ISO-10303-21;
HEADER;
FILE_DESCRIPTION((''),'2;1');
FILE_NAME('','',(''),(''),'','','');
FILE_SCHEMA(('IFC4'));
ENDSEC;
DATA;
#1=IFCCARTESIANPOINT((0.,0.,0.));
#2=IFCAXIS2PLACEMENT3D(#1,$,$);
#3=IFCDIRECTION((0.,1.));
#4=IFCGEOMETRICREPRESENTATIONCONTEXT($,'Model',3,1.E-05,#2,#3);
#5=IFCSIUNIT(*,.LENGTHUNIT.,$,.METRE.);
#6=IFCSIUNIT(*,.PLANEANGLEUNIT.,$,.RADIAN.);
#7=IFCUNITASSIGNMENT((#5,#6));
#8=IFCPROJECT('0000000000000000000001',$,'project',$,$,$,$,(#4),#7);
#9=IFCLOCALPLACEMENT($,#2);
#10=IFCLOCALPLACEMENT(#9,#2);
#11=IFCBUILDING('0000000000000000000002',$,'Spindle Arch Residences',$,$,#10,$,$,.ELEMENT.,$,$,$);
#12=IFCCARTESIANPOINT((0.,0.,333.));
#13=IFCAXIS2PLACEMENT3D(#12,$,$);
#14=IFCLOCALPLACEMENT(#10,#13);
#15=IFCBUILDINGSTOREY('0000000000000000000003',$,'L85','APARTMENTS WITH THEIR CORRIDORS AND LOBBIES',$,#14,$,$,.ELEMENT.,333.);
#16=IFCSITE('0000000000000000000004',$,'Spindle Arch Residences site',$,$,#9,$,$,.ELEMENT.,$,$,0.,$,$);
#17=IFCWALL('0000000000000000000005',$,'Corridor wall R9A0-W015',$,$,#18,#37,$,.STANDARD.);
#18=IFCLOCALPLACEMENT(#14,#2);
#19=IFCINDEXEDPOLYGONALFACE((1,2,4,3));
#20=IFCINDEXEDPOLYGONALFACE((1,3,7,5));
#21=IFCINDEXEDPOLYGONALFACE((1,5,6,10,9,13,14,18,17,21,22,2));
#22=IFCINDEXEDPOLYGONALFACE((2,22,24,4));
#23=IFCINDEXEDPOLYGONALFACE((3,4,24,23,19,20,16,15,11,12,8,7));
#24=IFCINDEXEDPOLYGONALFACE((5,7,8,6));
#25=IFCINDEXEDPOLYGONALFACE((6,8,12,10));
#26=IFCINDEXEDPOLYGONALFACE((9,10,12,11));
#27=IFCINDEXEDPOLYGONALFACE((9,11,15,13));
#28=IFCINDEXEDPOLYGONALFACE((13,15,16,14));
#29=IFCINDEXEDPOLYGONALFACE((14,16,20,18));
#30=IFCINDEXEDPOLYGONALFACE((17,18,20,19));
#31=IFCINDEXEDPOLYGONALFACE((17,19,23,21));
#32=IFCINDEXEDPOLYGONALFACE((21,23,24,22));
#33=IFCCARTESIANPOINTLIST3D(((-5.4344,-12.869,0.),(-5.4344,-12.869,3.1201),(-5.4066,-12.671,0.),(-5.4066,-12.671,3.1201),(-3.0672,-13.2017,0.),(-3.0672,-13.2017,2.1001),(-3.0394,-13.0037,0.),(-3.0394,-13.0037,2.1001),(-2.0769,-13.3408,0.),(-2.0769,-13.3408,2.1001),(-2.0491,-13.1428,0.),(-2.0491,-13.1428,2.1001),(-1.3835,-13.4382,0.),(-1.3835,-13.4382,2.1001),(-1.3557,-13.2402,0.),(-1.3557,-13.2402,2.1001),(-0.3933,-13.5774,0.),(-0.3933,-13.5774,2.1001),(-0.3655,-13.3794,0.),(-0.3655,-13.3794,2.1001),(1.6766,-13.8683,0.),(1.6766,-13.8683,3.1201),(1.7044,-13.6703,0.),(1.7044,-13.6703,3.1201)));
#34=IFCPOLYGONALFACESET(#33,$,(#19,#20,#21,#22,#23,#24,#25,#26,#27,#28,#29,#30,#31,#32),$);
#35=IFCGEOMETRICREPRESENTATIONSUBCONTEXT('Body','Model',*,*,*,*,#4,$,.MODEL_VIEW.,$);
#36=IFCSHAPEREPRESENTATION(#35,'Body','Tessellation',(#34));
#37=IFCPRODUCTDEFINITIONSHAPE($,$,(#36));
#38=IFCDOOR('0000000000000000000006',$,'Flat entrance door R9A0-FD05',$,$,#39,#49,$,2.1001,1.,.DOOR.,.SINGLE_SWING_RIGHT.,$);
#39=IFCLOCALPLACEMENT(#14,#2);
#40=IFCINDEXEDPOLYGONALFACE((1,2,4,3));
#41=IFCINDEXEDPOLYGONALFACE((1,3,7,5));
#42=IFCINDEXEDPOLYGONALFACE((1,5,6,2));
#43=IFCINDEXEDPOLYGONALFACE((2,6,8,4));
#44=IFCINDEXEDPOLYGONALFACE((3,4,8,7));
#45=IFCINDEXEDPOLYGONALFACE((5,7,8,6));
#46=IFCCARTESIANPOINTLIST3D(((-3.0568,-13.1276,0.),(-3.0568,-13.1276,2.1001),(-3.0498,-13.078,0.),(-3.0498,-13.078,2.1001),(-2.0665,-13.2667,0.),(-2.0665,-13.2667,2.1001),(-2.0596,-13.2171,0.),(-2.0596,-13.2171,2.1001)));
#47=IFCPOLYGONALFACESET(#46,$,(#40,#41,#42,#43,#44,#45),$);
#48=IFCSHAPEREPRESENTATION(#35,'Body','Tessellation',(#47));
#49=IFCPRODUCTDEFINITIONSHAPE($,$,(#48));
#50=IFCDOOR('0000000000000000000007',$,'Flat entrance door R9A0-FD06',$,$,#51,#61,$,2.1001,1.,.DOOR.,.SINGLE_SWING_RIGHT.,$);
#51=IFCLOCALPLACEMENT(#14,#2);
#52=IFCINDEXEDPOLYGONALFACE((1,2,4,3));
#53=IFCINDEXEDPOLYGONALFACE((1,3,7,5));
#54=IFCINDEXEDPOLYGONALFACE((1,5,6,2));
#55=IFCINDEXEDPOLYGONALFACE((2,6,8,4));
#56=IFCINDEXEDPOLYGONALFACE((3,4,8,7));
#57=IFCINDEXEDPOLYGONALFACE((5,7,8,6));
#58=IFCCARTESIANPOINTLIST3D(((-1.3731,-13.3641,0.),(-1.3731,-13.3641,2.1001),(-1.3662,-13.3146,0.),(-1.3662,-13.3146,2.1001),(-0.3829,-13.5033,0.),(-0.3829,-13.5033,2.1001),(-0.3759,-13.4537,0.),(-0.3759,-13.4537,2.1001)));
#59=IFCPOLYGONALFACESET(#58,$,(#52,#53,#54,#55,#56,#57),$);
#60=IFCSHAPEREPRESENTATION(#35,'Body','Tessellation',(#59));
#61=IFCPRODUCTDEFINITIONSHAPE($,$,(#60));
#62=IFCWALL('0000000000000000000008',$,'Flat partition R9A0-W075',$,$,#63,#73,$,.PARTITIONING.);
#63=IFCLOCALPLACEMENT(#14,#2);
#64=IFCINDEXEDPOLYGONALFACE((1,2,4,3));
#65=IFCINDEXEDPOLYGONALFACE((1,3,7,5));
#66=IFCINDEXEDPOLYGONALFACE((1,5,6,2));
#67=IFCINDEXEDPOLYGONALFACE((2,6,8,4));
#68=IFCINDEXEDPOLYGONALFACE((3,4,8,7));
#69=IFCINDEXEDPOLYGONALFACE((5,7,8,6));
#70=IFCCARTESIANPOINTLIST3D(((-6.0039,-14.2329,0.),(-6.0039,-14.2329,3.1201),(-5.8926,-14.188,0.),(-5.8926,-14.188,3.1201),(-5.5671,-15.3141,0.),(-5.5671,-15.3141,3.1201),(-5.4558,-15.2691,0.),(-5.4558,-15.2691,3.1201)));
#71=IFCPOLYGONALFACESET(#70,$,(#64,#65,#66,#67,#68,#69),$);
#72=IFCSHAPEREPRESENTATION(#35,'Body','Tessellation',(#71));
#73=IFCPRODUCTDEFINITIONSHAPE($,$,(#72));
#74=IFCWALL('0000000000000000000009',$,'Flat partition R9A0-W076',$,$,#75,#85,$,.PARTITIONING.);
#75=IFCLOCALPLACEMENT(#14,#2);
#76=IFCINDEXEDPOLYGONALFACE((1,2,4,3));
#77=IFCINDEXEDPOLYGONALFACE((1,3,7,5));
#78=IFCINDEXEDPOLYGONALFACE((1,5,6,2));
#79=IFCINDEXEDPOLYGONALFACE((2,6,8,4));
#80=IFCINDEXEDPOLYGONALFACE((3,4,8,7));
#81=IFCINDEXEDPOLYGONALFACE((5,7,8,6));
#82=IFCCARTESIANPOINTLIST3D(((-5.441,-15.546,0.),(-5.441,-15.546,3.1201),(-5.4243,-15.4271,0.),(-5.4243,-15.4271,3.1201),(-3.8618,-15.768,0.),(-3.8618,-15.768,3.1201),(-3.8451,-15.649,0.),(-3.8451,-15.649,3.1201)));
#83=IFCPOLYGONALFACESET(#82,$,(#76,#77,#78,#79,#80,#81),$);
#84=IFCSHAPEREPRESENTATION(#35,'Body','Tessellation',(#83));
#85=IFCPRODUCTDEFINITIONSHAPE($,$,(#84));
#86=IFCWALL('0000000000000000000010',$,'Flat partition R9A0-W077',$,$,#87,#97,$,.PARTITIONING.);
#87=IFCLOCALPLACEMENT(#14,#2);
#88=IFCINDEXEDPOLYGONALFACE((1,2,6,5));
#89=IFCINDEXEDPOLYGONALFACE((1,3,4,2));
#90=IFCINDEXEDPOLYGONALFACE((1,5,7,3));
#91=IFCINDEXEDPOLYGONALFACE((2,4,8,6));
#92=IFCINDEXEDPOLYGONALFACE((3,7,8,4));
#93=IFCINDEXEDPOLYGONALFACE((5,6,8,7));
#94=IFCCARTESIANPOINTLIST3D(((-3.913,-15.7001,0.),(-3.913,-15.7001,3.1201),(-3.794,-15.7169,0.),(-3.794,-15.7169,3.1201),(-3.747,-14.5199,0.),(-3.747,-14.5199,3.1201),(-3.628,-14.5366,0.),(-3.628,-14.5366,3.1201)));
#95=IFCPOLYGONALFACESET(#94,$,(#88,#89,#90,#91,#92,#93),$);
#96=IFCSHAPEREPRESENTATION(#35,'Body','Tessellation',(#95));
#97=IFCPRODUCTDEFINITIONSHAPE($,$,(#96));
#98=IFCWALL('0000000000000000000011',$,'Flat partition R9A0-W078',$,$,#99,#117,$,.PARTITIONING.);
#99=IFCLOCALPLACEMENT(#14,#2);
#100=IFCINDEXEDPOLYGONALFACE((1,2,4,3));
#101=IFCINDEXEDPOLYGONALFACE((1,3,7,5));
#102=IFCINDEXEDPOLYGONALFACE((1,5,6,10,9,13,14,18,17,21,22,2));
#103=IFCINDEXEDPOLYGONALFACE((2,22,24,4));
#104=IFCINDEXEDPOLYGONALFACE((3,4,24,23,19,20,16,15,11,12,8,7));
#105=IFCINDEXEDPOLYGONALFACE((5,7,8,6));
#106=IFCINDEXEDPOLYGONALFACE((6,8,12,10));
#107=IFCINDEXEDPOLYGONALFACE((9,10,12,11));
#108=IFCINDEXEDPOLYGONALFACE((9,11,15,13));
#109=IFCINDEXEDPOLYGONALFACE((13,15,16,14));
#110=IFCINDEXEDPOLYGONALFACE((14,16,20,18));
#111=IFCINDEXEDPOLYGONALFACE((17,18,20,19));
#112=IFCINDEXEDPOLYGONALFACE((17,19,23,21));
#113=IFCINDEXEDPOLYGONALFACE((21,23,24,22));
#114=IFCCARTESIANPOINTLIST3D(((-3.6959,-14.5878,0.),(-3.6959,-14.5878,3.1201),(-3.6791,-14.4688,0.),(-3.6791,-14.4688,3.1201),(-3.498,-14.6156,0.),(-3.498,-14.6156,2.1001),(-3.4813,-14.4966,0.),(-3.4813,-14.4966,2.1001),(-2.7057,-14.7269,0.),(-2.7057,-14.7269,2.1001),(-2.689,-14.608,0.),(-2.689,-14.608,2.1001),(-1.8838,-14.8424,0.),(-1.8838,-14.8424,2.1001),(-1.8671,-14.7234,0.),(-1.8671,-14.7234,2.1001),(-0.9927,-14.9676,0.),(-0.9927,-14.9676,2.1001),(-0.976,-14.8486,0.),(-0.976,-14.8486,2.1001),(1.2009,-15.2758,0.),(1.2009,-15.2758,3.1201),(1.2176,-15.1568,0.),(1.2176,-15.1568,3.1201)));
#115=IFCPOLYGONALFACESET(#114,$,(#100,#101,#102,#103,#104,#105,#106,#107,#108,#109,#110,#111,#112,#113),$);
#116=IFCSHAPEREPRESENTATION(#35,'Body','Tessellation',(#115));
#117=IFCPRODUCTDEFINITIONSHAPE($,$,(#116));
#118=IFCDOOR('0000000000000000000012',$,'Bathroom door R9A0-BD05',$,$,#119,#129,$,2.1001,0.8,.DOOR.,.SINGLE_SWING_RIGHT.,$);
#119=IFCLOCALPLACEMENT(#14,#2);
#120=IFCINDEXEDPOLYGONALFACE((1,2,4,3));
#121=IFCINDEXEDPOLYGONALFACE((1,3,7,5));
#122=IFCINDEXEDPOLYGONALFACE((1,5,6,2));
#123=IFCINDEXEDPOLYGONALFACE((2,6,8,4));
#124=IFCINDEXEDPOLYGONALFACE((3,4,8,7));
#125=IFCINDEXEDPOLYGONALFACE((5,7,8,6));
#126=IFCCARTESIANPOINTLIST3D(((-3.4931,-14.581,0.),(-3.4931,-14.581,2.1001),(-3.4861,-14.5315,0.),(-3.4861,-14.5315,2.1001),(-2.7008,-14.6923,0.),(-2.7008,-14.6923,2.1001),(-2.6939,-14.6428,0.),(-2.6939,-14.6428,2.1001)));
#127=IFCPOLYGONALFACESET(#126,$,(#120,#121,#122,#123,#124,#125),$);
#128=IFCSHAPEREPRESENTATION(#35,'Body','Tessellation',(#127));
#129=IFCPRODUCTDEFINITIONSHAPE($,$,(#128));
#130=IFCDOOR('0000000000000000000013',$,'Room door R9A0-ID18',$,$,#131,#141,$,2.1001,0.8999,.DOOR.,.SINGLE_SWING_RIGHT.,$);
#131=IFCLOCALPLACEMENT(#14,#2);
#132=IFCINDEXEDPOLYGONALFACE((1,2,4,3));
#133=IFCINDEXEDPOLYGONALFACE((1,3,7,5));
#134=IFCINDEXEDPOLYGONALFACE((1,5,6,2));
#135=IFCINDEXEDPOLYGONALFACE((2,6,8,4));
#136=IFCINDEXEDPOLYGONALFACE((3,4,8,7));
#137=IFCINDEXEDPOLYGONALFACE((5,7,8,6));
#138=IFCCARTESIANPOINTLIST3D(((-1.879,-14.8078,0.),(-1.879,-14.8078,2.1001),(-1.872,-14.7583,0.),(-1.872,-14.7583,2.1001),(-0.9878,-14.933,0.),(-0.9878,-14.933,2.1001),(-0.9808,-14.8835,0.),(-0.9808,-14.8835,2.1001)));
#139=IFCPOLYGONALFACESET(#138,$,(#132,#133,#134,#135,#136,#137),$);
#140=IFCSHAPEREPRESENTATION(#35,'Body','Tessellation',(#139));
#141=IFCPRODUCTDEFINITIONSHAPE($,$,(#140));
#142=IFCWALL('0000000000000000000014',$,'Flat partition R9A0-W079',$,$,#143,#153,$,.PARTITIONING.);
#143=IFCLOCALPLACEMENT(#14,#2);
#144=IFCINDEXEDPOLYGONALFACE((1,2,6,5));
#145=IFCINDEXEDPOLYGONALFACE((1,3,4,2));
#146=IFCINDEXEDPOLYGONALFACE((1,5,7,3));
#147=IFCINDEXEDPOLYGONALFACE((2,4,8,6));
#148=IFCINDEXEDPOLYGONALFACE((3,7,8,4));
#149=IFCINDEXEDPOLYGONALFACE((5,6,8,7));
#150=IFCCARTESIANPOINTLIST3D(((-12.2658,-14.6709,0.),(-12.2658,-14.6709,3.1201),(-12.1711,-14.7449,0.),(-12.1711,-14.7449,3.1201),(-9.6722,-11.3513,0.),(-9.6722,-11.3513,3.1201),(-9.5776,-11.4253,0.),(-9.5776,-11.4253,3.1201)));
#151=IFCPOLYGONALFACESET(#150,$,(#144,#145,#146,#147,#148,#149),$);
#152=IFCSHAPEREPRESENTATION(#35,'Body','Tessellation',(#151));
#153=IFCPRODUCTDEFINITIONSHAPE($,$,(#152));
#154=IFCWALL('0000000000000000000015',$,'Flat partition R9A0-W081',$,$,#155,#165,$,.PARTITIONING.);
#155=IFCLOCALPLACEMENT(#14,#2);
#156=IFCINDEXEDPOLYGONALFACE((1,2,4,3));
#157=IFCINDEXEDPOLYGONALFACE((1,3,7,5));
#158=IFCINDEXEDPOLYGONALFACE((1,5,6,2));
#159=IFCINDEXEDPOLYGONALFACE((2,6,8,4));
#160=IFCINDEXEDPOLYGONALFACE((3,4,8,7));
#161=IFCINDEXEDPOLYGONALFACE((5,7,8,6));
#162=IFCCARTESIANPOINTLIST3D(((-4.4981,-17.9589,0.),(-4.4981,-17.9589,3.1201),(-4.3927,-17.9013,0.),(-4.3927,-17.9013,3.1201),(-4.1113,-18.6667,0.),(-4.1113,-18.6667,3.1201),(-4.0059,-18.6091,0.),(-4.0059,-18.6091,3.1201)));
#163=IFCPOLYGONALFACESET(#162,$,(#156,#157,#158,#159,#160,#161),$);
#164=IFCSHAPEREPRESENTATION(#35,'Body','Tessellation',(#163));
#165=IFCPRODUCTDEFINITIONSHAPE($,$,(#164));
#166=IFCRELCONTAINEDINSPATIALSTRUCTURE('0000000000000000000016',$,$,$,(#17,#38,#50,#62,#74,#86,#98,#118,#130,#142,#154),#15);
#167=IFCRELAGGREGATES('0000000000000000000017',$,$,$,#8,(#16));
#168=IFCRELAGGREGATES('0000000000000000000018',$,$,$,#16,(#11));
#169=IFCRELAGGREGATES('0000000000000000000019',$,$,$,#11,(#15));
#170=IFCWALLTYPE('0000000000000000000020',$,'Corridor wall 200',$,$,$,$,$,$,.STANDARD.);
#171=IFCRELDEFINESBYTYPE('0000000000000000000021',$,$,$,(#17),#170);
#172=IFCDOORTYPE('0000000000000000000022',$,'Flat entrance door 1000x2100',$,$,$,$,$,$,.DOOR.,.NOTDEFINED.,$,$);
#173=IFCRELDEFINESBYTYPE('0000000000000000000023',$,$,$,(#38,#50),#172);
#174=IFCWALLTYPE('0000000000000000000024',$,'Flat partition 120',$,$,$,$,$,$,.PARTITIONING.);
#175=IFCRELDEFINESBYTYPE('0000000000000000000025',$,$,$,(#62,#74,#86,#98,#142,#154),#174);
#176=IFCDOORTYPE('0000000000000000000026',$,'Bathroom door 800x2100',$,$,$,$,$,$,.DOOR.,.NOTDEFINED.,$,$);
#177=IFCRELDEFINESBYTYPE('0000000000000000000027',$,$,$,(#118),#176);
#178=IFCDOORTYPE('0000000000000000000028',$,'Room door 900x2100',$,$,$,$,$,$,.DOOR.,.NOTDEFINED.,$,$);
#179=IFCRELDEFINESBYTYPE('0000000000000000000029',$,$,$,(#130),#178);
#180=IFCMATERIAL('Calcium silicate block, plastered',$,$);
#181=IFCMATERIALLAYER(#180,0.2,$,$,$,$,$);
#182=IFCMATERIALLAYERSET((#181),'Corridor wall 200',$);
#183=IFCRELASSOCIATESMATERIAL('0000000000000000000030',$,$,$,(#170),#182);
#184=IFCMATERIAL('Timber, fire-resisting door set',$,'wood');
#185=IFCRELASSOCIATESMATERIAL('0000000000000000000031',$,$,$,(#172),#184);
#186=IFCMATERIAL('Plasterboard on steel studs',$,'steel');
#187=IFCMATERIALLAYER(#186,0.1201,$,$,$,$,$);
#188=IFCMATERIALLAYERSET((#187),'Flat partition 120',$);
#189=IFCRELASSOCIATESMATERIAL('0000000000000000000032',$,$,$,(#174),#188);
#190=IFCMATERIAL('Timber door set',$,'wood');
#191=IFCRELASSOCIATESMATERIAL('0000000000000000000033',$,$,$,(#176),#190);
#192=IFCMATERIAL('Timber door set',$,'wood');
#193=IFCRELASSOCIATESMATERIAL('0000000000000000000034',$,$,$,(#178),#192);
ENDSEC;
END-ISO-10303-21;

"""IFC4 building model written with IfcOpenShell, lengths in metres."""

from ifc_helpers import new_model, si_unit, direction, frame, frame_2d, origin, place, context, subcontext, project, spatial, rectangle, extrude, material, layer, layer_set, type_object, element, fill, save


model = new_model("IFC4")

# Units and contexts
model_context = context("Model", 3, precision=1e-05, world=origin(), true_north=direction((0.0, 1.0)))
body_context = subcontext(model_context, "Body", "Model", "MODEL_VIEW")
ifc_project = project(units=[si_unit("LENGTHUNIT", "METRE"), si_unit("PLANEANGLEUNIT", "RADIAN")], contexts=[model_context])

# Site, building, storey
site_placement = place(None, origin())
site = spatial("IfcSite", under=ifc_project, at=site_placement, Name="Spindle Arch Residences site", CompositionType="ELEMENT", RefElevation=0.0)
building_placement = place(site_placement, origin())
building = spatial("IfcBuilding", under=site, at=building_placement, Name="Spindle Arch Residences", CompositionType="ELEMENT")
storey_placement = place(building_placement, frame((0.0, 0.0, 333.0)))
storey = spatial("IfcBuildingStorey", under=building, at=storey_placement, Name="L85", Description="APARTMENTS WITH THEIR CORRIDORS AND LOBBIES", CompositionType="ELEMENT", Elevation=333.0)

# Wall, openings, doors
ifc_material_1 = material(Name="Calcium silicate block, plastered")
ifc_layer_1 = layer(ifc_material_1, 0.2)
ifc_layer_set_1 = layer_set([ifc_layer_1], Name="Corridor wall 200")
wall_type_1 = type_object("IfcWallType", Name="Corridor wall 200", PredefinedType="STANDARD", material=ifc_layer_set_1)
wall_1_placement = place(storey_placement, frame((-5.4204, -12.77, 0.0), z_axis=(0.0, 0.0, 1.0), x_axis=(0.990271, -0.139155, 0.0)))
wall_1 = element("IfcWall", 1, at=wall_1_placement, inside=storey, type_object=wall_type_1, Name="Corridor wall R9A0-W015", PredefinedType="STANDARD", context=body_context, shape_type="SweptSolid", body=[
    extrude(rectangle(XDim=7.1809, YDim=0.2, at=frame_2d((3.5903, 0.0))), origin(), (0.0, 0.0, 1.0), 3.1201),
])
opening_1_placement = place(wall_1_placement, frame((2.3904, 0.0, 0.0)))
opening_1 = element("IfcOpeningElement", 2, at=opening_1_placement, cuts=wall_1, PredefinedType="OPENING", context=body_context, shape_type="SweptSolid", body=[
    extrude(rectangle(XDim=1.0, YDim=2.1001, at=frame_2d((0.5, 1.05))), frame((0.0, 0.1099, 0.0), z_axis=(0.0, -1.0, 0.0), x_axis=(1.0, 0.0, 0.0)), (0.0, 0.0, 1.0), 0.22),
])
opening_2_placement = place(wall_1_placement, frame((4.0906, 0.0, 0.0)))
opening_2 = element("IfcOpeningElement", 3, at=opening_2_placement, cuts=wall_1, PredefinedType="OPENING", context=body_context, shape_type="SweptSolid", body=[
    extrude(rectangle(XDim=1.0, YDim=2.1001, at=frame_2d((0.5, 1.05))), frame((0.0, 0.1099, 0.0), z_axis=(0.0, -1.0, 0.0), x_axis=(1.0, 0.0, 0.0)), (0.0, 0.0, 1.0), 0.22),
])
ifc_material_2 = material(Name="Timber, fire-resisting door set", Category="wood")
door_type_1 = type_object("IfcDoorType", Name="Flat entrance door 1000x2100", OperationType="NOTDEFINED", PredefinedType="DOOR", material=ifc_material_2)
door_1_placement = place(opening_1_placement, origin())
door_1 = element("IfcDoor", 4, at=door_1_placement, inside=storey, type_object=door_type_1, Name="Flat entrance door R9A0-FD05", OperationType="SINGLE_SWING_RIGHT", OverallHeight=2.1001, OverallWidth=1.0, PredefinedType="DOOR", context=body_context, shape_type="SweptSolid", body=[
    extrude(rectangle(XDim=1.0, YDim=2.1001, at=frame_2d((0.5, 1.05))), frame((0.0, 0.0249, 0.0), z_axis=(0.0, -1.0, 0.0), x_axis=(1.0, 0.0, 0.0)), (0.0, 0.0, 1.0), 0.05),
])
fill(opening_1, door_1)
door_2_placement = place(opening_2_placement, origin())
door_2 = element("IfcDoor", 5, at=door_2_placement, inside=storey, type_object=door_type_1, Name="Flat entrance door R9A0-FD06", OperationType="SINGLE_SWING_RIGHT", OverallHeight=2.1001, OverallWidth=1.0, PredefinedType="DOOR", context=body_context, shape_type="SweptSolid", body=[
    extrude(rectangle(XDim=1.0, YDim=2.1001, at=frame_2d((0.5, 1.05))), frame((0.0, 0.0249, 0.0), z_axis=(0.0, -1.0, 0.0), x_axis=(1.0, 0.0, 0.0)), (0.0, 0.0, 1.0), 0.05),
])
fill(opening_2, door_2)

# Walls
ifc_material_3 = material(Name="Plasterboard on steel studs", Category="steel")
ifc_layer_2 = layer(ifc_material_3, 0.1201)
ifc_layer_set_2 = layer_set([ifc_layer_2], Name="Flat partition 120")
wall_type_2 = type_object("IfcWallType", Name="Flat partition 120", PredefinedType="PARTITIONING", material=ifc_layer_set_2)
wall_2_placement = place(storey_placement, frame((-5.9482, -14.2104, 0.0), z_axis=(0.0, 0.0, 1.0), x_axis=(0.374602, -0.927186, 0.0)))
element("IfcWall", 6, at=wall_2_placement, inside=storey, type_object=wall_type_2, Name="Flat partition R9A0-W075", PredefinedType="PARTITIONING", context=body_context, shape_type="SweptSolid", body=[
    extrude(rectangle(XDim=1.166, YDim=0.1201, at=frame_2d((0.583, 0.0))), origin(), (0.0, 0.0, 1.0), 3.1201),
])
wall_3_placement = place(storey_placement, frame((-5.4326, -15.4866, 0.0), z_axis=(0.0, 0.0, 1.0), x_axis=(0.990268, -0.13917, 0.0)))
element("IfcWall", 7, at=wall_3_placement, inside=storey, type_object=wall_type_2, Name="Flat partition R9A0-W076", PredefinedType="PARTITIONING", context=body_context, shape_type="SweptSolid", body=[
    extrude(rectangle(XDim=1.5947, YDim=0.1201, at=frame_2d((0.7974, 0.0))), origin(), (0.0, 0.0, 1.0), 3.1201),
])
wall_4_placement = place(storey_placement, frame((-3.8535, -15.7085, 0.0), z_axis=(0.0, 0.0, 1.0), x_axis=(0.139299, 0.99025, 0.0)))
element("IfcWall", 8, at=wall_4_placement, inside=storey, type_object=wall_type_2, Name="Flat partition R9A0-W077", PredefinedType="PARTITIONING", context=body_context, shape_type="SweptSolid", body=[
    extrude(rectangle(XDim=1.1919, YDim=0.1201, at=frame_2d((0.5959, 0.0))), origin(), (0.0, 0.0, 1.0), 3.1201),
])

# Wall, openings, doors
wall_5_placement = place(storey_placement, frame((-3.6875, -14.5283, 0.0), z_axis=(0.0, 0.0, 1.0), x_axis=(0.990274, -0.139133, 0.0)))
wall_5 = element("IfcWall", 9, at=wall_5_placement, inside=storey, type_object=wall_type_2, Name="Flat partition R9A0-W078", PredefinedType="PARTITIONING", context=body_context, shape_type="SweptSolid", body=[
    extrude(rectangle(XDim=4.9448, YDim=0.1201, at=frame_2d((2.4724, 0.0))), origin(), (0.0, 0.0, 1.0), 3.1201),
])
opening_3_placement = place(wall_5_placement, frame((0.2, 0.0, 0.0)))
opening_3 = element("IfcOpeningElement", 10, at=opening_3_placement, cuts=wall_5, PredefinedType="OPENING", context=body_context, shape_type="SweptSolid", body=[
    extrude(rectangle(XDim=0.8, YDim=2.1001, at=frame_2d((0.3999, 1.05))), frame((0.0, 0.0701, 0.0), z_axis=(0.0, -1.0, 0.0), x_axis=(1.0, 0.0, 0.0)), (0.0, 0.0, 1.0), 0.1401),
])
opening_4_placement = place(wall_5_placement, frame((1.8298, 0.0, 0.0)))
opening_4 = element("IfcOpeningElement", 11, at=opening_4_placement, cuts=wall_5, PredefinedType="OPENING", context=body_context, shape_type="SweptSolid", body=[
    extrude(rectangle(XDim=0.8999, YDim=2.1001, at=frame_2d((0.45, 1.05))), frame((0.0, 0.0701, 0.0), z_axis=(0.0, -1.0, 0.0), x_axis=(1.0, 0.0, 0.0)), (0.0, 0.0, 1.0), 0.1401),
])
ifc_material_4 = material(Name="Timber door set", Category="wood")
door_type_2 = type_object("IfcDoorType", Name="Bathroom door 800x2100", OperationType="NOTDEFINED", PredefinedType="DOOR", material=ifc_material_4)
door_3_placement = place(opening_3_placement, origin())
door_3 = element("IfcDoor", 12, at=door_3_placement, inside=storey, type_object=door_type_2, Name="Bathroom door R9A0-BD05", OperationType="SINGLE_SWING_RIGHT", OverallHeight=2.1001, OverallWidth=0.8, PredefinedType="DOOR", context=body_context, shape_type="SweptSolid", body=[
    extrude(rectangle(XDim=0.8, YDim=2.1001, at=frame_2d((0.3999, 1.05))), frame((0.0, 0.0249, 0.0), z_axis=(0.0, -1.0, 0.0), x_axis=(1.0, 0.0, 0.0)), (0.0, 0.0, 1.0), 0.05),
])
fill(opening_3, door_3)
ifc_material_5 = material(Name="Timber door set", Category="wood")
door_type_3 = type_object("IfcDoorType", Name="Room door 900x2100", OperationType="NOTDEFINED", PredefinedType="DOOR", material=ifc_material_5)
door_4_placement = place(opening_4_placement, origin())
door_4 = element("IfcDoor", 13, at=door_4_placement, inside=storey, type_object=door_type_3, Name="Room door R9A0-ID18", OperationType="SINGLE_SWING_RIGHT", OverallHeight=2.1001, OverallWidth=0.8999, PredefinedType="DOOR", context=body_context, shape_type="SweptSolid", body=[
    extrude(rectangle(XDim=0.8999, YDim=2.1001, at=frame_2d((0.45, 1.05))), frame((0.0, 0.0249, 0.0), z_axis=(0.0, -1.0, 0.0), x_axis=(1.0, 0.0, 0.0)), (0.0, 0.0, 1.0), 0.05),
])
fill(opening_4, door_4)

# Walls
wall_6_placement = place(storey_placement, frame((-12.2185, -14.708, 0.0), z_axis=(0.0, 0.0, 1.0), x_axis=(0.615656, 0.788015, 0.0)))
element("IfcWall", 14, at=wall_6_placement, inside=storey, type_object=wall_type_2, Name="Flat partition R9A0-W079", PredefinedType="PARTITIONING", context=body_context, shape_type="SweptSolid", body=[
    extrude(rectangle(XDim=4.2126, YDim=0.1201, at=frame_2d((2.1064, 0.0))), origin(), (0.0, 0.0, 1.0), 3.1201),
])
wall_7_placement = place(storey_placement, frame((-4.0586, -18.6379, 0.0), z_axis=(0.0, 0.0, 1.0), x_axis=(-0.479488, 0.877548, 0.0)))
element("IfcWall", 15, at=wall_7_placement, inside=storey, type_object=wall_type_2, Name="Flat partition R9A0-W081", PredefinedType="PARTITIONING", context=body_context, shape_type="SweptSolid", body=[
    extrude(rectangle(XDim=0.8066, YDim=0.1201, at=frame_2d((0.4033, 0.0))), origin(), (0.0, 0.0, 1.0), 3.1201),
])

save(model, "model.ifc")
